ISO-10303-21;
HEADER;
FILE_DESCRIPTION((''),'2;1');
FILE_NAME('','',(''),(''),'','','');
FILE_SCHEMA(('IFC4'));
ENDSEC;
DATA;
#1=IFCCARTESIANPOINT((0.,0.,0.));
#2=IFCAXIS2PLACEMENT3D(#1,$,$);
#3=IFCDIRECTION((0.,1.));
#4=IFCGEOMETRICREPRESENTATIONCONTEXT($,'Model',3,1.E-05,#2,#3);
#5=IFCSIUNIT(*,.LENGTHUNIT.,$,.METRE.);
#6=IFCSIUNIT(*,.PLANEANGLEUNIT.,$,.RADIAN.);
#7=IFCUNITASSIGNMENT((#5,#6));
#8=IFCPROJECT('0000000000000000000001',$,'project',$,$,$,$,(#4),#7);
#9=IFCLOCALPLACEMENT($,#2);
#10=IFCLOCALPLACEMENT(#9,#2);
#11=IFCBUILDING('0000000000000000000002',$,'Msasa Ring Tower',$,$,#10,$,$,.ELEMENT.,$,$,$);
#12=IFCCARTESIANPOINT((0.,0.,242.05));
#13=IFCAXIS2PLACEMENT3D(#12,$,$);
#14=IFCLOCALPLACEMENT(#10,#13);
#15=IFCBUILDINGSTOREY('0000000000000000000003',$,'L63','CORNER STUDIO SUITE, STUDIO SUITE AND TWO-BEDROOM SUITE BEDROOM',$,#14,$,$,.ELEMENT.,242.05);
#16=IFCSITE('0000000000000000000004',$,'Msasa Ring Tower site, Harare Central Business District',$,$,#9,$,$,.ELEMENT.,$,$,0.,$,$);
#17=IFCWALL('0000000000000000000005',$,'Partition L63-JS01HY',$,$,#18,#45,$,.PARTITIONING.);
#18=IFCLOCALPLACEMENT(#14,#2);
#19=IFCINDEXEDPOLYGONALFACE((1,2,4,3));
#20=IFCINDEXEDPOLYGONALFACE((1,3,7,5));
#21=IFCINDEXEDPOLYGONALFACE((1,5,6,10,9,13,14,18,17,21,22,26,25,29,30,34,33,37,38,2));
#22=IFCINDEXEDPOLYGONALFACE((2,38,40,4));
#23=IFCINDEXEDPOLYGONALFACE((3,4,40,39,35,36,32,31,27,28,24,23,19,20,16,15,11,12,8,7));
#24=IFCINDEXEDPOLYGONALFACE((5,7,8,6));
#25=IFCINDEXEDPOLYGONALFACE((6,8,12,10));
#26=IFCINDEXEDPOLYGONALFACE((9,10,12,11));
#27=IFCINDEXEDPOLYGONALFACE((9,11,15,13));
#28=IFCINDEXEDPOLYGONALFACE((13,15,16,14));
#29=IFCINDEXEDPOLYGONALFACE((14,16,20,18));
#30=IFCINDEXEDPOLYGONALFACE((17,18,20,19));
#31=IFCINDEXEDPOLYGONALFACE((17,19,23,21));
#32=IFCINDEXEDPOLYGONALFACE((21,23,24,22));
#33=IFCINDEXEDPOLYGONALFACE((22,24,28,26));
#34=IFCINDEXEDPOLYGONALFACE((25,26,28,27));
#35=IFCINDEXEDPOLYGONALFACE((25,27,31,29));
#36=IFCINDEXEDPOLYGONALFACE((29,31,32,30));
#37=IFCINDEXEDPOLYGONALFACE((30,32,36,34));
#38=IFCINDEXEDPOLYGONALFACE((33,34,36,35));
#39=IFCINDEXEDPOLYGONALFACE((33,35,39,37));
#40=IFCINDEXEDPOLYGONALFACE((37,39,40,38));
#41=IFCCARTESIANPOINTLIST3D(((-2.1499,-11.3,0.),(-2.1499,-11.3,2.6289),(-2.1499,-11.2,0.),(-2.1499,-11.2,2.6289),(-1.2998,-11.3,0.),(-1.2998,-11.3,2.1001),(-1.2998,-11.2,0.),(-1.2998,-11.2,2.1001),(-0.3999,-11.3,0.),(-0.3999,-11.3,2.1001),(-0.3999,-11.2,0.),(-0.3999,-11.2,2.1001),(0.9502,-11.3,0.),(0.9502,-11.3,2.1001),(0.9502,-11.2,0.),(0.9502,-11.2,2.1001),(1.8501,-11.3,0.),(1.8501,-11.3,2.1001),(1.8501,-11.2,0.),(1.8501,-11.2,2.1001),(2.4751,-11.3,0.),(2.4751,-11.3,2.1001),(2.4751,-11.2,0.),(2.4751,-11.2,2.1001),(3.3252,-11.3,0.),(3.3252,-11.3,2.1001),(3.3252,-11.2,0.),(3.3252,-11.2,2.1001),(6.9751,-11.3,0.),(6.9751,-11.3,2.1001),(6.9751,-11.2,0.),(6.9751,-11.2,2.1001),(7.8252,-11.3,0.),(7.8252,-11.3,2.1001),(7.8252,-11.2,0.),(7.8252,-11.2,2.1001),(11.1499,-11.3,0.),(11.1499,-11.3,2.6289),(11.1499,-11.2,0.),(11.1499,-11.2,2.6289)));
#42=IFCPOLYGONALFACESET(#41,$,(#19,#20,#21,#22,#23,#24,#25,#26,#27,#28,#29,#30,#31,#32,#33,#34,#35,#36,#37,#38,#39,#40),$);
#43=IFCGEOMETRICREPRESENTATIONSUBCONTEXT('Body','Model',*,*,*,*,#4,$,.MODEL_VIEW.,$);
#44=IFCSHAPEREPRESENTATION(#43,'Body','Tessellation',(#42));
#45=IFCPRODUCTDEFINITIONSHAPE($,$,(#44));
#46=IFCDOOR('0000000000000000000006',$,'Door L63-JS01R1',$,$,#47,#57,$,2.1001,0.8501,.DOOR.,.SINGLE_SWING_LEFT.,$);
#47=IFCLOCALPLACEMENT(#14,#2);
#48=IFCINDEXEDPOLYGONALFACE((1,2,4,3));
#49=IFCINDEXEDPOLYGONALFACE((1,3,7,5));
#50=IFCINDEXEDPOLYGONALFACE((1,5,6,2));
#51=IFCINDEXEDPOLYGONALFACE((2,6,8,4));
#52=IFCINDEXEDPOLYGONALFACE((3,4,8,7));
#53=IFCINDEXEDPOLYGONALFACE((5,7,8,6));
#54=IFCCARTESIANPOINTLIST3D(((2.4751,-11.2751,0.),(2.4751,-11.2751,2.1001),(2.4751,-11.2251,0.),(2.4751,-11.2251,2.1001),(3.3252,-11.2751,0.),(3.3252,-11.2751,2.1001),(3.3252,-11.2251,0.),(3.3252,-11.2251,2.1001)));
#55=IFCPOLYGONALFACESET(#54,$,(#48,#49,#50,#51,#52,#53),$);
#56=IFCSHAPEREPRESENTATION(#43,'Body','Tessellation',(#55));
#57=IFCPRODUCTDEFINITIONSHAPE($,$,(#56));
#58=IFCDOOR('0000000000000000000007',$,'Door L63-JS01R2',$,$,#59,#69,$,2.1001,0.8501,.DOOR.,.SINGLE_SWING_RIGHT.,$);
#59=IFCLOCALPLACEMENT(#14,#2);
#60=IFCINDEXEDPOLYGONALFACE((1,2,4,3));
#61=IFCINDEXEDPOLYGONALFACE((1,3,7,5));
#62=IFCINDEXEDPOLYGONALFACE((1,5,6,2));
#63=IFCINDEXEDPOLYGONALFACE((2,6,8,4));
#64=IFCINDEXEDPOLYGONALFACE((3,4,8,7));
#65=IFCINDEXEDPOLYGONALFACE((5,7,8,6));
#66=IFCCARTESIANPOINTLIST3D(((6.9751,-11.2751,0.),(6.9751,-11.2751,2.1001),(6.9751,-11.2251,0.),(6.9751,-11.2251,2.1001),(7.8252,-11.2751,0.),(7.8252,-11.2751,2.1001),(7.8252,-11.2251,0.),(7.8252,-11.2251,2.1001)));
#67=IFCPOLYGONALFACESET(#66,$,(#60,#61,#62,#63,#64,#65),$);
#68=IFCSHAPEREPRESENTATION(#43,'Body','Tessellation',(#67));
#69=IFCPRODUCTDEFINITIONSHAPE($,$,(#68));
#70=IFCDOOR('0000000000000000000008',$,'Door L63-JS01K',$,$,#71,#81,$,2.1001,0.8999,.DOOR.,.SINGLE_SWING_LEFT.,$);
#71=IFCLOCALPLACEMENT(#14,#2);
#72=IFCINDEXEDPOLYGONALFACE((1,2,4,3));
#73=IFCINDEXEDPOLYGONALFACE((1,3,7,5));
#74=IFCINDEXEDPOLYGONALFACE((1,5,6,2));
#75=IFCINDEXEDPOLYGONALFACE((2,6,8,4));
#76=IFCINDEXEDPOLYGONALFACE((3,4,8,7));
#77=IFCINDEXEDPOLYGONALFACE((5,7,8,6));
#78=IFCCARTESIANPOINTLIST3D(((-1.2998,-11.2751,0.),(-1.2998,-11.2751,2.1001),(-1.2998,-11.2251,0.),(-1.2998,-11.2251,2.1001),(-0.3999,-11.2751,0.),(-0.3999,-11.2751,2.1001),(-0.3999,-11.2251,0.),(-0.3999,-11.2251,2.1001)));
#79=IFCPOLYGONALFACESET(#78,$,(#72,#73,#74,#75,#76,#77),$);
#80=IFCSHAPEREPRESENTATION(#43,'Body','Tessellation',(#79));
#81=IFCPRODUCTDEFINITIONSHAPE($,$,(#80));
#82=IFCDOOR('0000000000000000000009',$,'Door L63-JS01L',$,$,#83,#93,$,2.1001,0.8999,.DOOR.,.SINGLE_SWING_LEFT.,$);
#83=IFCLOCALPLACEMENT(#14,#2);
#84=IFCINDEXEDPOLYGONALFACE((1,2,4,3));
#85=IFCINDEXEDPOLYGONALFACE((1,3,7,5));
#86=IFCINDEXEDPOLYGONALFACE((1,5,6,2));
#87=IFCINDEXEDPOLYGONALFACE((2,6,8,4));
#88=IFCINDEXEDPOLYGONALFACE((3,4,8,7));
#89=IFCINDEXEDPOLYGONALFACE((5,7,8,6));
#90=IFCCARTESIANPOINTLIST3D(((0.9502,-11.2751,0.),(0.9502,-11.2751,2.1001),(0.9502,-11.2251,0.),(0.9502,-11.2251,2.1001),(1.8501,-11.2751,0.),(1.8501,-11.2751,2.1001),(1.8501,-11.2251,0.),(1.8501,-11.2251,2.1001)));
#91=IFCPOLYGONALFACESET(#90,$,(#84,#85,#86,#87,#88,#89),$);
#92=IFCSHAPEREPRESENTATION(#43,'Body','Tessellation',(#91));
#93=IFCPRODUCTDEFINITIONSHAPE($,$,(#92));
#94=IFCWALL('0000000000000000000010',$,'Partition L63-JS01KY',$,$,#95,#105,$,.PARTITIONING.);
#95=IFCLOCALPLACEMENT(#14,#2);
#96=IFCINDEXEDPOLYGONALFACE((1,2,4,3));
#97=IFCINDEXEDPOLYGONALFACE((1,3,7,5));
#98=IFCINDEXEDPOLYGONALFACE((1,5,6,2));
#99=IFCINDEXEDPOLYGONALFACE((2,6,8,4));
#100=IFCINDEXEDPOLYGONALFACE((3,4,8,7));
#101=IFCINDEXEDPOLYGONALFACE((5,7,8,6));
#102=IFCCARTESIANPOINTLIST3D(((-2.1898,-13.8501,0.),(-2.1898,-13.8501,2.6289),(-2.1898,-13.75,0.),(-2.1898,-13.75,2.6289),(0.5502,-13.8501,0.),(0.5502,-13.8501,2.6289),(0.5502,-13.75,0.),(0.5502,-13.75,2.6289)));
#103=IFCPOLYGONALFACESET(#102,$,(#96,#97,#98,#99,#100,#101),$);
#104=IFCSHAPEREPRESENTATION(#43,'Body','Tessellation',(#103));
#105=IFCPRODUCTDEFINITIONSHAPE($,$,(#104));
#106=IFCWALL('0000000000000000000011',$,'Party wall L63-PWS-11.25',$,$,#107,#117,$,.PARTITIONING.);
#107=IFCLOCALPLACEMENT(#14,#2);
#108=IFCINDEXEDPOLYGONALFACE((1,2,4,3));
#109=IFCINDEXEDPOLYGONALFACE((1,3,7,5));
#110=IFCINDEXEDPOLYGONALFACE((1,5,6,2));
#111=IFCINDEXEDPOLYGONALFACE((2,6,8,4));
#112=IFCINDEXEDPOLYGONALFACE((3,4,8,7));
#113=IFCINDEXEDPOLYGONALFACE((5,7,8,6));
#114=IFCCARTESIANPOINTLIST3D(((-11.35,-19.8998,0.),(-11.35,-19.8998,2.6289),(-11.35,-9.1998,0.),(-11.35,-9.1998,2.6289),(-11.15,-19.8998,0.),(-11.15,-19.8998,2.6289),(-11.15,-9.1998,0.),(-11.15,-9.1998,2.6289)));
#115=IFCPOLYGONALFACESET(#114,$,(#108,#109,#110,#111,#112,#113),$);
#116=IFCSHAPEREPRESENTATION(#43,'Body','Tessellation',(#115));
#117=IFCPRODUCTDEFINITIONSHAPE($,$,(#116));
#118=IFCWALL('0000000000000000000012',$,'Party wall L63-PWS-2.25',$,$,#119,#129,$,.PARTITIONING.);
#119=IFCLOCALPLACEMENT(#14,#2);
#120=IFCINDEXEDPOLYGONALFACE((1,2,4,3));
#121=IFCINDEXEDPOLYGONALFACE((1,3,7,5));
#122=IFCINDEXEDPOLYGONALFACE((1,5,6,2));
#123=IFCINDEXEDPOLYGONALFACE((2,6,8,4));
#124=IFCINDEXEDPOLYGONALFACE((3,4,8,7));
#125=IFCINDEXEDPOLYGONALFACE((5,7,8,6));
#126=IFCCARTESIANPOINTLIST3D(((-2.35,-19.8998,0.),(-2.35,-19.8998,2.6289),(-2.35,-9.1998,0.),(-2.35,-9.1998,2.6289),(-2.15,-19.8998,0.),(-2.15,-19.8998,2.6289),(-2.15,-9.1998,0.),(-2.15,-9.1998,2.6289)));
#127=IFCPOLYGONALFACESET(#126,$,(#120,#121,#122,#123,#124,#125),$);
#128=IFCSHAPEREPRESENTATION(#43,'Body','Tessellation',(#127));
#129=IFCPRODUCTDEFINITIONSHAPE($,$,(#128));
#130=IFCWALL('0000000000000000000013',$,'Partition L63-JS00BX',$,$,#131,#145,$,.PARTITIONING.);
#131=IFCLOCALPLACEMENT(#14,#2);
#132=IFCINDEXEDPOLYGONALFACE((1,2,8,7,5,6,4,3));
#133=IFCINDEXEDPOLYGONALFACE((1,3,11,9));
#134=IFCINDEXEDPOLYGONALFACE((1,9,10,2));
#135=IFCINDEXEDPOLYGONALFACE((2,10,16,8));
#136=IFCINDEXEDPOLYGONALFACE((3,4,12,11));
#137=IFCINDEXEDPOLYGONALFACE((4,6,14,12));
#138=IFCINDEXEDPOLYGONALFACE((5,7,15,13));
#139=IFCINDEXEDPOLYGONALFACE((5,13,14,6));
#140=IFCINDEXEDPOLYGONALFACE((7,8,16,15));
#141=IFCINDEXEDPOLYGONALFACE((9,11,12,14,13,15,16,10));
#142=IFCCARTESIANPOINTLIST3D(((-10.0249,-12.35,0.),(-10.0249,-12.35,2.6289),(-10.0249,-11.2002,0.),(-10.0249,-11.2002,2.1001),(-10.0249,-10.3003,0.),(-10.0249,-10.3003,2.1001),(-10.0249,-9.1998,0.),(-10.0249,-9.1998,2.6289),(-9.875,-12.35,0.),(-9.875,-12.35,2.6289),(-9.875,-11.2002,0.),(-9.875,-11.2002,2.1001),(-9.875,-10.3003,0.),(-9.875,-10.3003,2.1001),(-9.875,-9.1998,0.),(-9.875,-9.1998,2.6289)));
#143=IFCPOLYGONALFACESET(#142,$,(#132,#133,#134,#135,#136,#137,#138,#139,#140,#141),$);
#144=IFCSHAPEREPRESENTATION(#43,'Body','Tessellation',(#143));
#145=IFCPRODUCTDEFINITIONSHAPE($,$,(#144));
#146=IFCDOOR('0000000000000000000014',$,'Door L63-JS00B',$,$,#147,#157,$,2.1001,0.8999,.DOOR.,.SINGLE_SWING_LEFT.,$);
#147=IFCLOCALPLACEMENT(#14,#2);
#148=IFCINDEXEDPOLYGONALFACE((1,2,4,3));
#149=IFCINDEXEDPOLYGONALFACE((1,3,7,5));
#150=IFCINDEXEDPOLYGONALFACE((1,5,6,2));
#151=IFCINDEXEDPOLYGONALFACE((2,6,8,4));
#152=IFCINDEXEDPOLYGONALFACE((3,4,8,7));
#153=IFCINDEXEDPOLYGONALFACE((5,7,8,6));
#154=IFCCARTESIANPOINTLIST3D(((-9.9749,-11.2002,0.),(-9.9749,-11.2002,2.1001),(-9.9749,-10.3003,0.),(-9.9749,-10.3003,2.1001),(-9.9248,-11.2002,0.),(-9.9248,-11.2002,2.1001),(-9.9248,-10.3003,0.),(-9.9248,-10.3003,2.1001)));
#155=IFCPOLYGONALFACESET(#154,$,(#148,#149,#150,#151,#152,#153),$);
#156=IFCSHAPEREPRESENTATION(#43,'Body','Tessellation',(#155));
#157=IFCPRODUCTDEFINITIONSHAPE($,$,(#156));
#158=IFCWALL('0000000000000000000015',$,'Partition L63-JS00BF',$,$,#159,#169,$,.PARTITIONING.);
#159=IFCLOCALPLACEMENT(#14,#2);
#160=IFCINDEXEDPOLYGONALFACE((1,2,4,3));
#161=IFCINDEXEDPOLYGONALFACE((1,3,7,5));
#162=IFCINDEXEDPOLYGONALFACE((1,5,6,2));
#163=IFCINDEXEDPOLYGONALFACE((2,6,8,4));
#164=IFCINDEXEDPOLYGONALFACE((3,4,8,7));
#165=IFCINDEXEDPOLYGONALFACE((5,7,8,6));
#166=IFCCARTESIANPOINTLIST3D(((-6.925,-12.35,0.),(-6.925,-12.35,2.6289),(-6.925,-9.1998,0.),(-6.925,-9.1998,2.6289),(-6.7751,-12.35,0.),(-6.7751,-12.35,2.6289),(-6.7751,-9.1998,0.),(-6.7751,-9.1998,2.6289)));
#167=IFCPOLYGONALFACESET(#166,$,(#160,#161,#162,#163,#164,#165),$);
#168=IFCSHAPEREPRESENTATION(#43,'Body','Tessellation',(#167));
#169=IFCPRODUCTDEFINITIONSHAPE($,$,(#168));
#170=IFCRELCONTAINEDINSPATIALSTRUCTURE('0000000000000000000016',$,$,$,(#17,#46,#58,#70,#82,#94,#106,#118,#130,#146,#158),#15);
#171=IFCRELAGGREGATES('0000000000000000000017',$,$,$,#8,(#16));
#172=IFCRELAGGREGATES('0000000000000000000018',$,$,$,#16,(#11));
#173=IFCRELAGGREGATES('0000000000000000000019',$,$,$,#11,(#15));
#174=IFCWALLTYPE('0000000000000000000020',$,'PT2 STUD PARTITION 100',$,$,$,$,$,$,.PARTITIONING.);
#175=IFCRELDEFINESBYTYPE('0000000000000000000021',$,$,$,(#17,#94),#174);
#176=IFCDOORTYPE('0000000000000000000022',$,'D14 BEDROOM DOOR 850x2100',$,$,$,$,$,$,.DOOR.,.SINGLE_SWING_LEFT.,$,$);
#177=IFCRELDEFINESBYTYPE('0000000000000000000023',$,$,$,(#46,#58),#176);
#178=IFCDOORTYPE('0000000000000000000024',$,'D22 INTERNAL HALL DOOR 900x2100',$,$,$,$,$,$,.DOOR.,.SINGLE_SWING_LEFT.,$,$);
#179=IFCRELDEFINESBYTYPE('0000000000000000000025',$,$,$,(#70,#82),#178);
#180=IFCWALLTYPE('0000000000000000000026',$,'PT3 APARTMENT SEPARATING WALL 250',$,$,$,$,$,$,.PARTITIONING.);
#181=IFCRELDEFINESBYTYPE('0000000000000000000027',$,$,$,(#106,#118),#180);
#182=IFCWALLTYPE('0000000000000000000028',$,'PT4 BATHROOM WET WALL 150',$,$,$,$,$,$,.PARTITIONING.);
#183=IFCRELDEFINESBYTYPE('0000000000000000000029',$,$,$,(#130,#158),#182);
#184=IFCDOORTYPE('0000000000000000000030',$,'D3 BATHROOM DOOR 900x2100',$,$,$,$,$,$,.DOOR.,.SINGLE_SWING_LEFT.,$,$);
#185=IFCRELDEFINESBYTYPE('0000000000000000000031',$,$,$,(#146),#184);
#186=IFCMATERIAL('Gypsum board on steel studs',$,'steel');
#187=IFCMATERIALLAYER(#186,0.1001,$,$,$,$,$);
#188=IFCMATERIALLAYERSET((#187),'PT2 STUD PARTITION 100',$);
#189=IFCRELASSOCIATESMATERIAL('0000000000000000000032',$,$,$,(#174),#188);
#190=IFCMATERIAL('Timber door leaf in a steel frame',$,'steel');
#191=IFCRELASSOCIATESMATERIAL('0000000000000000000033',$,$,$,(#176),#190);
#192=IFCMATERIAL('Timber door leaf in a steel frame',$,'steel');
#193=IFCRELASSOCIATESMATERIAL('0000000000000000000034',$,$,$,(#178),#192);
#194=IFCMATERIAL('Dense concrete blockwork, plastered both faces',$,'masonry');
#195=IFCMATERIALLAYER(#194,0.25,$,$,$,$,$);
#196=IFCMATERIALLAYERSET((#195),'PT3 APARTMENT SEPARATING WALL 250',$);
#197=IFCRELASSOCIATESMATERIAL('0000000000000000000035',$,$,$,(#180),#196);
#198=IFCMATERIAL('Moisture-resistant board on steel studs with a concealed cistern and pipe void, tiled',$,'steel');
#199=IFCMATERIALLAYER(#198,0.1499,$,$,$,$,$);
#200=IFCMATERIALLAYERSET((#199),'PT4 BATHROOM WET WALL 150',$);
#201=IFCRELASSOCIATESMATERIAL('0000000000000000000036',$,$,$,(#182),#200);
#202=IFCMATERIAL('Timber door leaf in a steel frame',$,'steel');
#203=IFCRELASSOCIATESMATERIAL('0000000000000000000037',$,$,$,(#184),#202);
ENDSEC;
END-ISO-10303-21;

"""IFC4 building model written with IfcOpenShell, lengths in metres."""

from ifc_helpers import new_model, si_unit, direction, frame, frame_2d, origin, place, context, subcontext, project, spatial, rectangle, extrude, material, layer, layer_set, type_object, element, fill, save


model = new_model("IFC4")

# Units and contexts
model_context = context("Model", 3, precision=1e-05, world=origin(), true_north=direction((0.0, 1.0)))
body_context = subcontext(model_context, "Body", "Model", "MODEL_VIEW")
ifc_project = project(units=[si_unit("LENGTHUNIT", "METRE"), si_unit("PLANEANGLEUNIT", "RADIAN")], contexts=[model_context])

# Site, building, storey
site_placement = place(None, origin())
site = spatial("IfcSite", under=ifc_project, at=site_placement, Name="Msasa Ring Tower site, Harare Central Business District", CompositionType="ELEMENT", RefElevation=0.0)
building_placement = place(site_placement, origin())
building = spatial("IfcBuilding", under=site, at=building_placement, Name="Msasa Ring Tower", CompositionType="ELEMENT")
storey_placement = place(building_placement, frame((0.0, 0.0, 242.05)))
storey = spatial("IfcBuildingStorey", under=building, at=storey_placement, Name="L63", Description="CORNER STUDIO SUITE, STUDIO SUITE AND TWO-BEDROOM SUITE BEDROOM", CompositionType="ELEMENT", Elevation=242.05)

# Wall, openings, doors
ifc_material_1 = material(Name="Gypsum board on steel studs", Category="steel")
ifc_layer_1 = layer(ifc_material_1, 0.1001)
ifc_layer_set_1 = layer_set([ifc_layer_1], Name="PT2 STUD PARTITION 100")
wall_type_1 = type_object("IfcWallType", Name="PT2 STUD PARTITION 100", PredefinedType="PARTITIONING", material=ifc_layer_set_1)
wall_1_placement = place(storey_placement, frame((-2.1499, -11.25, 0.0), z_axis=(0.0, 0.0, 1.0), x_axis=(1.0, 0.0, 0.0)))
wall_1 = element("IfcWall", 1, at=wall_1_placement, inside=storey, type_object=wall_type_1, Name="Partition L63-JS01HY", PredefinedType="PARTITIONING", context=body_context, shape_type="SweptSolid", body=[
    extrude(rectangle(XDim=13.2998, YDim=0.1001, at=frame_2d((6.6499, 0.0))), origin(), (0.0, 0.0, 1.0), 2.6289),
])
opening_1_placement = place(wall_1_placement, frame((0.8501, 0.0, 0.0)))
opening_1 = element("IfcOpeningElement", 2, at=opening_1_placement, cuts=wall_1, PredefinedType="OPENING", context=body_context, shape_type="SweptSolid", body=[
    extrude(rectangle(XDim=0.8999, YDim=2.1001, at=frame_2d((0.45, 1.05))), frame((0.0, 0.0601, 0.0), z_axis=(0.0, -1.0, 0.0), x_axis=(1.0, 0.0, 0.0)), (0.0, 0.0, 1.0), 0.1201),
])
opening_2_placement = place(wall_1_placement, frame((3.1001, 0.0, 0.0)))
opening_2 = element("IfcOpeningElement", 3, at=opening_2_placement, cuts=wall_1, PredefinedType="OPENING", context=body_context, shape_type="SweptSolid", body=[
    extrude(rectangle(XDim=0.8999, YDim=2.1001, at=frame_2d((0.45, 1.05))), frame((0.0, 0.0601, 0.0), z_axis=(0.0, -1.0, 0.0), x_axis=(1.0, 0.0, 0.0)), (0.0, 0.0, 1.0), 0.1201),
])
opening_3_placement = place(wall_1_placement, frame((4.625, 0.0, 0.0)))
opening_3 = element("IfcOpeningElement", 4, at=opening_3_placement, cuts=wall_1, PredefinedType="OPENING", context=body_context, shape_type="SweptSolid", body=[
    extrude(rectangle(XDim=0.8501, YDim=2.1001, at=frame_2d((0.425, 1.05))), frame((0.0, 0.0601, 0.0), z_axis=(0.0, -1.0, 0.0), x_axis=(1.0, 0.0, 0.0)), (0.0, 0.0, 1.0), 0.1201),
])
opening_4_placement = place(wall_1_placement, frame((9.125, 0.0, 0.0)))
opening_4 = element("IfcOpeningElement", 5, at=opening_4_placement, cuts=wall_1, PredefinedType="OPENING", context=body_context, shape_type="SweptSolid", body=[
    extrude(rectangle(XDim=0.8501, YDim=2.1001, at=frame_2d((0.425, 1.05))), frame((0.0, 0.0601, 0.0), z_axis=(0.0, -1.0, 0.0), x_axis=(1.0, 0.0, 0.0)), (0.0, 0.0, 1.0), 0.1201),
])
ifc_material_2 = material(Name="Timber door leaf in a steel frame", Category="steel")
door_type_1 = type_object("IfcDoorType", Name="D14 BEDROOM DOOR 850x2100", OperationType="SINGLE_SWING_LEFT", PredefinedType="DOOR", material=ifc_material_2)
door_1_placement = place(opening_3_placement, origin())
door_1 = element("IfcDoor", 6, at=door_1_placement, inside=storey, type_object=door_type_1, Name="Door L63-JS01R1", OperationType="SINGLE_SWING_LEFT", OverallHeight=2.1001, OverallWidth=0.8501, PredefinedType="DOOR", context=body_context, shape_type="SweptSolid", body=[
    extrude(rectangle(XDim=0.8501, YDim=2.1001, at=frame_2d((0.425, 1.05))), frame((0.0, 0.0249, 0.0), z_axis=(0.0, -1.0, 0.0), x_axis=(1.0, 0.0, 0.0)), (0.0, 0.0, 1.0), 0.05),
])
fill(opening_3, door_1)
door_2_placement = place(opening_4_placement, origin())
door_2 = element("IfcDoor", 7, at=door_2_placement, inside=storey, type_object=door_type_1, Name="Door L63-JS01R2", OperationType="SINGLE_SWING_RIGHT", OverallHeight=2.1001, OverallWidth=0.8501, PredefinedType="DOOR", context=body_context, shape_type="SweptSolid", body=[
    extrude(rectangle(XDim=0.8501, YDim=2.1001, at=frame_2d((0.425, 1.05))), frame((0.0, 0.0249, 0.0), z_axis=(0.0, -1.0, 0.0), x_axis=(1.0, 0.0, 0.0)), (0.0, 0.0, 1.0), 0.05),
])
fill(opening_4, door_2)
ifc_material_3 = material(Name="Timber door leaf in a steel frame", Category="steel")
door_type_2 = type_object("IfcDoorType", Name="D22 INTERNAL HALL DOOR 900x2100", OperationType="SINGLE_SWING_LEFT", PredefinedType="DOOR", material=ifc_material_3)
door_3_placement = place(opening_1_placement, origin())
door_3 = element("IfcDoor", 8, at=door_3_placement, inside=storey, type_object=door_type_2, Name="Door L63-JS01K", OperationType="SINGLE_SWING_LEFT", OverallHeight=2.1001, OverallWidth=0.8999, PredefinedType="DOOR", context=body_context, shape_type="SweptSolid", body=[
    extrude(rectangle(XDim=0.8999, YDim=2.1001, at=frame_2d((0.45, 1.05))), frame((0.0, 0.0249, 0.0), z_axis=(0.0, -1.0, 0.0), x_axis=(1.0, 0.0, 0.0)), (0.0, 0.0, 1.0), 0.05),
])
fill(opening_1, door_3)
door_4_placement = place(opening_2_placement, origin())
door_4 = element("IfcDoor", 9, at=door_4_placement, inside=storey, type_object=door_type_2, Name="Door L63-JS01L", OperationType="SINGLE_SWING_LEFT", OverallHeight=2.1001, OverallWidth=0.8999, PredefinedType="DOOR", context=body_context, shape_type="SweptSolid", body=[
    extrude(rectangle(XDim=0.8999, YDim=2.1001, at=frame_2d((0.45, 1.05))), frame((0.0, 0.0249, 0.0), z_axis=(0.0, -1.0, 0.0), x_axis=(1.0, 0.0, 0.0)), (0.0, 0.0, 1.0), 0.05),
])
fill(opening_2, door_4)

# Walls
wall_2_placement = place(storey_placement, frame((-2.1899, -13.8, 0.0), z_axis=(0.0, 0.0, 1.0), x_axis=(1.0, 0.0, 0.0)))
element("IfcWall", 10, at=wall_2_placement, inside=storey, type_object=wall_type_1, Name="Partition L63-JS01KY", PredefinedType="PARTITIONING", context=body_context, shape_type="SweptSolid", body=[
    extrude(rectangle(XDim=2.74, YDim=0.1001, at=frame_2d((1.3701, 0.0))), origin(), (0.0, 0.0, 1.0), 2.6289),
])
ifc_material_4 = material(Name="Dense concrete blockwork, plastered both faces", Category="masonry")
ifc_layer_2 = layer(ifc_material_4, 0.25)
ifc_layer_set_2 = layer_set([ifc_layer_2], Name="PT3 APARTMENT SEPARATING WALL 250")
wall_type_2 = type_object("IfcWallType", Name="PT3 APARTMENT SEPARATING WALL 250", PredefinedType="PARTITIONING", material=ifc_layer_set_2)
for number, where, z_axis, x_axis, name in (
    (11, (-11.25, -19.8999, 0.0), (0.0, 0.0, 1.0), (0.0, 1.0, 0.0), "Party wall L63-PWS-11.25"),
    (12, (-2.25, -19.8999, 0.0), (0.0, 0.0, 1.0), (0.0, 1.0, 0.0), "Party wall L63-PWS-2.25"),
):
    element("IfcWall", number, at=place(storey_placement, frame(where, z_axis=z_axis, x_axis=x_axis)), inside=storey, type_object=wall_type_2, Name=name, PredefinedType="PARTITIONING", context=body_context, shape_type="SweptSolid", body=[
        extrude(rectangle(XDim=10.7, YDim=0.2, at=frame_2d((5.3501, 0.0))), origin(), (0.0, 0.0, 1.0), 2.6289),
    ])

# Wall, opening, door
ifc_material_5 = material(Name="Moisture-resistant board on steel studs with a concealed cistern and pipe void, tiled", Category="steel")
ifc_layer_3 = layer(ifc_material_5, 0.1499)
ifc_layer_set_3 = layer_set([ifc_layer_3], Name="PT4 BATHROOM WET WALL 150")
wall_type_3 = type_object("IfcWallType", Name="PT4 BATHROOM WET WALL 150", PredefinedType="PARTITIONING", material=ifc_layer_set_3)
wall_3_placement = place(storey_placement, frame((-9.95, -12.3501, 0.0), z_axis=(0.0, 0.0, 1.0), x_axis=(0.0, 1.0, 0.0)))
wall_3 = element("IfcWall", 13, at=wall_3_placement, inside=storey, type_object=wall_type_3, Name="Partition L63-JS00BX", PredefinedType="PARTITIONING", context=body_context, shape_type="SweptSolid", body=[
    extrude(rectangle(XDim=3.1501, YDim=0.1499, at=frame_2d((1.5752, 0.0))), origin(), (0.0, 0.0, 1.0), 2.6289),
])
opening_5_placement = place(wall_3_placement, frame((1.1499, 0.0, 0.0)))
opening_5 = element("IfcOpeningElement", 14, at=opening_5_placement, cuts=wall_3, PredefinedType="OPENING", context=body_context, shape_type="SweptSolid", body=[
    extrude(rectangle(XDim=0.8999, YDim=2.1001, at=frame_2d((0.45, 1.05))), frame((0.0, 0.085, 0.0), z_axis=(0.0, -1.0, 0.0), x_axis=(1.0, 0.0, 0.0)), (0.0, 0.0, 1.0), 0.1699),
])
ifc_material_6 = material(Name="Timber door leaf in a steel frame", Category="steel")
door_type_3 = type_object("IfcDoorType", Name="D3 BATHROOM DOOR 900x2100", OperationType="SINGLE_SWING_LEFT", PredefinedType="DOOR", material=ifc_material_6)
door_5_placement = place(opening_5_placement, origin())
door_5 = element("IfcDoor", 15, at=door_5_placement, inside=storey, type_object=door_type_3, Name="Door L63-JS00B", OperationType="SINGLE_SWING_LEFT", OverallHeight=2.1001, OverallWidth=0.8999, PredefinedType="DOOR", context=body_context, shape_type="SweptSolid", body=[
    extrude(rectangle(XDim=0.8999, YDim=2.1001, at=frame_2d((0.45, 1.05))), frame((0.0, 0.0249, 0.0), z_axis=(0.0, -1.0, 0.0), x_axis=(1.0, 0.0, 0.0)), (0.0, 0.0, 1.0), 0.05),
])
fill(opening_5, door_5)

# Wall
wall_4_placement = place(storey_placement, frame((-6.8501, -12.3501, 0.0), z_axis=(0.0, 0.0, 1.0), x_axis=(0.0, 1.0, 0.0)))
element("IfcWall", 16, at=wall_4_placement, inside=storey, type_object=wall_type_3, Name="Partition L63-JS00BF", PredefinedType="PARTITIONING", context=body_context, shape_type="SweptSolid", body=[
    extrude(rectangle(XDim=3.1501, YDim=0.1499, at=frame_2d((1.5752, 0.0))), origin(), (0.0, 0.0, 1.0), 2.6289),
])

save(model, "model.ifc")
